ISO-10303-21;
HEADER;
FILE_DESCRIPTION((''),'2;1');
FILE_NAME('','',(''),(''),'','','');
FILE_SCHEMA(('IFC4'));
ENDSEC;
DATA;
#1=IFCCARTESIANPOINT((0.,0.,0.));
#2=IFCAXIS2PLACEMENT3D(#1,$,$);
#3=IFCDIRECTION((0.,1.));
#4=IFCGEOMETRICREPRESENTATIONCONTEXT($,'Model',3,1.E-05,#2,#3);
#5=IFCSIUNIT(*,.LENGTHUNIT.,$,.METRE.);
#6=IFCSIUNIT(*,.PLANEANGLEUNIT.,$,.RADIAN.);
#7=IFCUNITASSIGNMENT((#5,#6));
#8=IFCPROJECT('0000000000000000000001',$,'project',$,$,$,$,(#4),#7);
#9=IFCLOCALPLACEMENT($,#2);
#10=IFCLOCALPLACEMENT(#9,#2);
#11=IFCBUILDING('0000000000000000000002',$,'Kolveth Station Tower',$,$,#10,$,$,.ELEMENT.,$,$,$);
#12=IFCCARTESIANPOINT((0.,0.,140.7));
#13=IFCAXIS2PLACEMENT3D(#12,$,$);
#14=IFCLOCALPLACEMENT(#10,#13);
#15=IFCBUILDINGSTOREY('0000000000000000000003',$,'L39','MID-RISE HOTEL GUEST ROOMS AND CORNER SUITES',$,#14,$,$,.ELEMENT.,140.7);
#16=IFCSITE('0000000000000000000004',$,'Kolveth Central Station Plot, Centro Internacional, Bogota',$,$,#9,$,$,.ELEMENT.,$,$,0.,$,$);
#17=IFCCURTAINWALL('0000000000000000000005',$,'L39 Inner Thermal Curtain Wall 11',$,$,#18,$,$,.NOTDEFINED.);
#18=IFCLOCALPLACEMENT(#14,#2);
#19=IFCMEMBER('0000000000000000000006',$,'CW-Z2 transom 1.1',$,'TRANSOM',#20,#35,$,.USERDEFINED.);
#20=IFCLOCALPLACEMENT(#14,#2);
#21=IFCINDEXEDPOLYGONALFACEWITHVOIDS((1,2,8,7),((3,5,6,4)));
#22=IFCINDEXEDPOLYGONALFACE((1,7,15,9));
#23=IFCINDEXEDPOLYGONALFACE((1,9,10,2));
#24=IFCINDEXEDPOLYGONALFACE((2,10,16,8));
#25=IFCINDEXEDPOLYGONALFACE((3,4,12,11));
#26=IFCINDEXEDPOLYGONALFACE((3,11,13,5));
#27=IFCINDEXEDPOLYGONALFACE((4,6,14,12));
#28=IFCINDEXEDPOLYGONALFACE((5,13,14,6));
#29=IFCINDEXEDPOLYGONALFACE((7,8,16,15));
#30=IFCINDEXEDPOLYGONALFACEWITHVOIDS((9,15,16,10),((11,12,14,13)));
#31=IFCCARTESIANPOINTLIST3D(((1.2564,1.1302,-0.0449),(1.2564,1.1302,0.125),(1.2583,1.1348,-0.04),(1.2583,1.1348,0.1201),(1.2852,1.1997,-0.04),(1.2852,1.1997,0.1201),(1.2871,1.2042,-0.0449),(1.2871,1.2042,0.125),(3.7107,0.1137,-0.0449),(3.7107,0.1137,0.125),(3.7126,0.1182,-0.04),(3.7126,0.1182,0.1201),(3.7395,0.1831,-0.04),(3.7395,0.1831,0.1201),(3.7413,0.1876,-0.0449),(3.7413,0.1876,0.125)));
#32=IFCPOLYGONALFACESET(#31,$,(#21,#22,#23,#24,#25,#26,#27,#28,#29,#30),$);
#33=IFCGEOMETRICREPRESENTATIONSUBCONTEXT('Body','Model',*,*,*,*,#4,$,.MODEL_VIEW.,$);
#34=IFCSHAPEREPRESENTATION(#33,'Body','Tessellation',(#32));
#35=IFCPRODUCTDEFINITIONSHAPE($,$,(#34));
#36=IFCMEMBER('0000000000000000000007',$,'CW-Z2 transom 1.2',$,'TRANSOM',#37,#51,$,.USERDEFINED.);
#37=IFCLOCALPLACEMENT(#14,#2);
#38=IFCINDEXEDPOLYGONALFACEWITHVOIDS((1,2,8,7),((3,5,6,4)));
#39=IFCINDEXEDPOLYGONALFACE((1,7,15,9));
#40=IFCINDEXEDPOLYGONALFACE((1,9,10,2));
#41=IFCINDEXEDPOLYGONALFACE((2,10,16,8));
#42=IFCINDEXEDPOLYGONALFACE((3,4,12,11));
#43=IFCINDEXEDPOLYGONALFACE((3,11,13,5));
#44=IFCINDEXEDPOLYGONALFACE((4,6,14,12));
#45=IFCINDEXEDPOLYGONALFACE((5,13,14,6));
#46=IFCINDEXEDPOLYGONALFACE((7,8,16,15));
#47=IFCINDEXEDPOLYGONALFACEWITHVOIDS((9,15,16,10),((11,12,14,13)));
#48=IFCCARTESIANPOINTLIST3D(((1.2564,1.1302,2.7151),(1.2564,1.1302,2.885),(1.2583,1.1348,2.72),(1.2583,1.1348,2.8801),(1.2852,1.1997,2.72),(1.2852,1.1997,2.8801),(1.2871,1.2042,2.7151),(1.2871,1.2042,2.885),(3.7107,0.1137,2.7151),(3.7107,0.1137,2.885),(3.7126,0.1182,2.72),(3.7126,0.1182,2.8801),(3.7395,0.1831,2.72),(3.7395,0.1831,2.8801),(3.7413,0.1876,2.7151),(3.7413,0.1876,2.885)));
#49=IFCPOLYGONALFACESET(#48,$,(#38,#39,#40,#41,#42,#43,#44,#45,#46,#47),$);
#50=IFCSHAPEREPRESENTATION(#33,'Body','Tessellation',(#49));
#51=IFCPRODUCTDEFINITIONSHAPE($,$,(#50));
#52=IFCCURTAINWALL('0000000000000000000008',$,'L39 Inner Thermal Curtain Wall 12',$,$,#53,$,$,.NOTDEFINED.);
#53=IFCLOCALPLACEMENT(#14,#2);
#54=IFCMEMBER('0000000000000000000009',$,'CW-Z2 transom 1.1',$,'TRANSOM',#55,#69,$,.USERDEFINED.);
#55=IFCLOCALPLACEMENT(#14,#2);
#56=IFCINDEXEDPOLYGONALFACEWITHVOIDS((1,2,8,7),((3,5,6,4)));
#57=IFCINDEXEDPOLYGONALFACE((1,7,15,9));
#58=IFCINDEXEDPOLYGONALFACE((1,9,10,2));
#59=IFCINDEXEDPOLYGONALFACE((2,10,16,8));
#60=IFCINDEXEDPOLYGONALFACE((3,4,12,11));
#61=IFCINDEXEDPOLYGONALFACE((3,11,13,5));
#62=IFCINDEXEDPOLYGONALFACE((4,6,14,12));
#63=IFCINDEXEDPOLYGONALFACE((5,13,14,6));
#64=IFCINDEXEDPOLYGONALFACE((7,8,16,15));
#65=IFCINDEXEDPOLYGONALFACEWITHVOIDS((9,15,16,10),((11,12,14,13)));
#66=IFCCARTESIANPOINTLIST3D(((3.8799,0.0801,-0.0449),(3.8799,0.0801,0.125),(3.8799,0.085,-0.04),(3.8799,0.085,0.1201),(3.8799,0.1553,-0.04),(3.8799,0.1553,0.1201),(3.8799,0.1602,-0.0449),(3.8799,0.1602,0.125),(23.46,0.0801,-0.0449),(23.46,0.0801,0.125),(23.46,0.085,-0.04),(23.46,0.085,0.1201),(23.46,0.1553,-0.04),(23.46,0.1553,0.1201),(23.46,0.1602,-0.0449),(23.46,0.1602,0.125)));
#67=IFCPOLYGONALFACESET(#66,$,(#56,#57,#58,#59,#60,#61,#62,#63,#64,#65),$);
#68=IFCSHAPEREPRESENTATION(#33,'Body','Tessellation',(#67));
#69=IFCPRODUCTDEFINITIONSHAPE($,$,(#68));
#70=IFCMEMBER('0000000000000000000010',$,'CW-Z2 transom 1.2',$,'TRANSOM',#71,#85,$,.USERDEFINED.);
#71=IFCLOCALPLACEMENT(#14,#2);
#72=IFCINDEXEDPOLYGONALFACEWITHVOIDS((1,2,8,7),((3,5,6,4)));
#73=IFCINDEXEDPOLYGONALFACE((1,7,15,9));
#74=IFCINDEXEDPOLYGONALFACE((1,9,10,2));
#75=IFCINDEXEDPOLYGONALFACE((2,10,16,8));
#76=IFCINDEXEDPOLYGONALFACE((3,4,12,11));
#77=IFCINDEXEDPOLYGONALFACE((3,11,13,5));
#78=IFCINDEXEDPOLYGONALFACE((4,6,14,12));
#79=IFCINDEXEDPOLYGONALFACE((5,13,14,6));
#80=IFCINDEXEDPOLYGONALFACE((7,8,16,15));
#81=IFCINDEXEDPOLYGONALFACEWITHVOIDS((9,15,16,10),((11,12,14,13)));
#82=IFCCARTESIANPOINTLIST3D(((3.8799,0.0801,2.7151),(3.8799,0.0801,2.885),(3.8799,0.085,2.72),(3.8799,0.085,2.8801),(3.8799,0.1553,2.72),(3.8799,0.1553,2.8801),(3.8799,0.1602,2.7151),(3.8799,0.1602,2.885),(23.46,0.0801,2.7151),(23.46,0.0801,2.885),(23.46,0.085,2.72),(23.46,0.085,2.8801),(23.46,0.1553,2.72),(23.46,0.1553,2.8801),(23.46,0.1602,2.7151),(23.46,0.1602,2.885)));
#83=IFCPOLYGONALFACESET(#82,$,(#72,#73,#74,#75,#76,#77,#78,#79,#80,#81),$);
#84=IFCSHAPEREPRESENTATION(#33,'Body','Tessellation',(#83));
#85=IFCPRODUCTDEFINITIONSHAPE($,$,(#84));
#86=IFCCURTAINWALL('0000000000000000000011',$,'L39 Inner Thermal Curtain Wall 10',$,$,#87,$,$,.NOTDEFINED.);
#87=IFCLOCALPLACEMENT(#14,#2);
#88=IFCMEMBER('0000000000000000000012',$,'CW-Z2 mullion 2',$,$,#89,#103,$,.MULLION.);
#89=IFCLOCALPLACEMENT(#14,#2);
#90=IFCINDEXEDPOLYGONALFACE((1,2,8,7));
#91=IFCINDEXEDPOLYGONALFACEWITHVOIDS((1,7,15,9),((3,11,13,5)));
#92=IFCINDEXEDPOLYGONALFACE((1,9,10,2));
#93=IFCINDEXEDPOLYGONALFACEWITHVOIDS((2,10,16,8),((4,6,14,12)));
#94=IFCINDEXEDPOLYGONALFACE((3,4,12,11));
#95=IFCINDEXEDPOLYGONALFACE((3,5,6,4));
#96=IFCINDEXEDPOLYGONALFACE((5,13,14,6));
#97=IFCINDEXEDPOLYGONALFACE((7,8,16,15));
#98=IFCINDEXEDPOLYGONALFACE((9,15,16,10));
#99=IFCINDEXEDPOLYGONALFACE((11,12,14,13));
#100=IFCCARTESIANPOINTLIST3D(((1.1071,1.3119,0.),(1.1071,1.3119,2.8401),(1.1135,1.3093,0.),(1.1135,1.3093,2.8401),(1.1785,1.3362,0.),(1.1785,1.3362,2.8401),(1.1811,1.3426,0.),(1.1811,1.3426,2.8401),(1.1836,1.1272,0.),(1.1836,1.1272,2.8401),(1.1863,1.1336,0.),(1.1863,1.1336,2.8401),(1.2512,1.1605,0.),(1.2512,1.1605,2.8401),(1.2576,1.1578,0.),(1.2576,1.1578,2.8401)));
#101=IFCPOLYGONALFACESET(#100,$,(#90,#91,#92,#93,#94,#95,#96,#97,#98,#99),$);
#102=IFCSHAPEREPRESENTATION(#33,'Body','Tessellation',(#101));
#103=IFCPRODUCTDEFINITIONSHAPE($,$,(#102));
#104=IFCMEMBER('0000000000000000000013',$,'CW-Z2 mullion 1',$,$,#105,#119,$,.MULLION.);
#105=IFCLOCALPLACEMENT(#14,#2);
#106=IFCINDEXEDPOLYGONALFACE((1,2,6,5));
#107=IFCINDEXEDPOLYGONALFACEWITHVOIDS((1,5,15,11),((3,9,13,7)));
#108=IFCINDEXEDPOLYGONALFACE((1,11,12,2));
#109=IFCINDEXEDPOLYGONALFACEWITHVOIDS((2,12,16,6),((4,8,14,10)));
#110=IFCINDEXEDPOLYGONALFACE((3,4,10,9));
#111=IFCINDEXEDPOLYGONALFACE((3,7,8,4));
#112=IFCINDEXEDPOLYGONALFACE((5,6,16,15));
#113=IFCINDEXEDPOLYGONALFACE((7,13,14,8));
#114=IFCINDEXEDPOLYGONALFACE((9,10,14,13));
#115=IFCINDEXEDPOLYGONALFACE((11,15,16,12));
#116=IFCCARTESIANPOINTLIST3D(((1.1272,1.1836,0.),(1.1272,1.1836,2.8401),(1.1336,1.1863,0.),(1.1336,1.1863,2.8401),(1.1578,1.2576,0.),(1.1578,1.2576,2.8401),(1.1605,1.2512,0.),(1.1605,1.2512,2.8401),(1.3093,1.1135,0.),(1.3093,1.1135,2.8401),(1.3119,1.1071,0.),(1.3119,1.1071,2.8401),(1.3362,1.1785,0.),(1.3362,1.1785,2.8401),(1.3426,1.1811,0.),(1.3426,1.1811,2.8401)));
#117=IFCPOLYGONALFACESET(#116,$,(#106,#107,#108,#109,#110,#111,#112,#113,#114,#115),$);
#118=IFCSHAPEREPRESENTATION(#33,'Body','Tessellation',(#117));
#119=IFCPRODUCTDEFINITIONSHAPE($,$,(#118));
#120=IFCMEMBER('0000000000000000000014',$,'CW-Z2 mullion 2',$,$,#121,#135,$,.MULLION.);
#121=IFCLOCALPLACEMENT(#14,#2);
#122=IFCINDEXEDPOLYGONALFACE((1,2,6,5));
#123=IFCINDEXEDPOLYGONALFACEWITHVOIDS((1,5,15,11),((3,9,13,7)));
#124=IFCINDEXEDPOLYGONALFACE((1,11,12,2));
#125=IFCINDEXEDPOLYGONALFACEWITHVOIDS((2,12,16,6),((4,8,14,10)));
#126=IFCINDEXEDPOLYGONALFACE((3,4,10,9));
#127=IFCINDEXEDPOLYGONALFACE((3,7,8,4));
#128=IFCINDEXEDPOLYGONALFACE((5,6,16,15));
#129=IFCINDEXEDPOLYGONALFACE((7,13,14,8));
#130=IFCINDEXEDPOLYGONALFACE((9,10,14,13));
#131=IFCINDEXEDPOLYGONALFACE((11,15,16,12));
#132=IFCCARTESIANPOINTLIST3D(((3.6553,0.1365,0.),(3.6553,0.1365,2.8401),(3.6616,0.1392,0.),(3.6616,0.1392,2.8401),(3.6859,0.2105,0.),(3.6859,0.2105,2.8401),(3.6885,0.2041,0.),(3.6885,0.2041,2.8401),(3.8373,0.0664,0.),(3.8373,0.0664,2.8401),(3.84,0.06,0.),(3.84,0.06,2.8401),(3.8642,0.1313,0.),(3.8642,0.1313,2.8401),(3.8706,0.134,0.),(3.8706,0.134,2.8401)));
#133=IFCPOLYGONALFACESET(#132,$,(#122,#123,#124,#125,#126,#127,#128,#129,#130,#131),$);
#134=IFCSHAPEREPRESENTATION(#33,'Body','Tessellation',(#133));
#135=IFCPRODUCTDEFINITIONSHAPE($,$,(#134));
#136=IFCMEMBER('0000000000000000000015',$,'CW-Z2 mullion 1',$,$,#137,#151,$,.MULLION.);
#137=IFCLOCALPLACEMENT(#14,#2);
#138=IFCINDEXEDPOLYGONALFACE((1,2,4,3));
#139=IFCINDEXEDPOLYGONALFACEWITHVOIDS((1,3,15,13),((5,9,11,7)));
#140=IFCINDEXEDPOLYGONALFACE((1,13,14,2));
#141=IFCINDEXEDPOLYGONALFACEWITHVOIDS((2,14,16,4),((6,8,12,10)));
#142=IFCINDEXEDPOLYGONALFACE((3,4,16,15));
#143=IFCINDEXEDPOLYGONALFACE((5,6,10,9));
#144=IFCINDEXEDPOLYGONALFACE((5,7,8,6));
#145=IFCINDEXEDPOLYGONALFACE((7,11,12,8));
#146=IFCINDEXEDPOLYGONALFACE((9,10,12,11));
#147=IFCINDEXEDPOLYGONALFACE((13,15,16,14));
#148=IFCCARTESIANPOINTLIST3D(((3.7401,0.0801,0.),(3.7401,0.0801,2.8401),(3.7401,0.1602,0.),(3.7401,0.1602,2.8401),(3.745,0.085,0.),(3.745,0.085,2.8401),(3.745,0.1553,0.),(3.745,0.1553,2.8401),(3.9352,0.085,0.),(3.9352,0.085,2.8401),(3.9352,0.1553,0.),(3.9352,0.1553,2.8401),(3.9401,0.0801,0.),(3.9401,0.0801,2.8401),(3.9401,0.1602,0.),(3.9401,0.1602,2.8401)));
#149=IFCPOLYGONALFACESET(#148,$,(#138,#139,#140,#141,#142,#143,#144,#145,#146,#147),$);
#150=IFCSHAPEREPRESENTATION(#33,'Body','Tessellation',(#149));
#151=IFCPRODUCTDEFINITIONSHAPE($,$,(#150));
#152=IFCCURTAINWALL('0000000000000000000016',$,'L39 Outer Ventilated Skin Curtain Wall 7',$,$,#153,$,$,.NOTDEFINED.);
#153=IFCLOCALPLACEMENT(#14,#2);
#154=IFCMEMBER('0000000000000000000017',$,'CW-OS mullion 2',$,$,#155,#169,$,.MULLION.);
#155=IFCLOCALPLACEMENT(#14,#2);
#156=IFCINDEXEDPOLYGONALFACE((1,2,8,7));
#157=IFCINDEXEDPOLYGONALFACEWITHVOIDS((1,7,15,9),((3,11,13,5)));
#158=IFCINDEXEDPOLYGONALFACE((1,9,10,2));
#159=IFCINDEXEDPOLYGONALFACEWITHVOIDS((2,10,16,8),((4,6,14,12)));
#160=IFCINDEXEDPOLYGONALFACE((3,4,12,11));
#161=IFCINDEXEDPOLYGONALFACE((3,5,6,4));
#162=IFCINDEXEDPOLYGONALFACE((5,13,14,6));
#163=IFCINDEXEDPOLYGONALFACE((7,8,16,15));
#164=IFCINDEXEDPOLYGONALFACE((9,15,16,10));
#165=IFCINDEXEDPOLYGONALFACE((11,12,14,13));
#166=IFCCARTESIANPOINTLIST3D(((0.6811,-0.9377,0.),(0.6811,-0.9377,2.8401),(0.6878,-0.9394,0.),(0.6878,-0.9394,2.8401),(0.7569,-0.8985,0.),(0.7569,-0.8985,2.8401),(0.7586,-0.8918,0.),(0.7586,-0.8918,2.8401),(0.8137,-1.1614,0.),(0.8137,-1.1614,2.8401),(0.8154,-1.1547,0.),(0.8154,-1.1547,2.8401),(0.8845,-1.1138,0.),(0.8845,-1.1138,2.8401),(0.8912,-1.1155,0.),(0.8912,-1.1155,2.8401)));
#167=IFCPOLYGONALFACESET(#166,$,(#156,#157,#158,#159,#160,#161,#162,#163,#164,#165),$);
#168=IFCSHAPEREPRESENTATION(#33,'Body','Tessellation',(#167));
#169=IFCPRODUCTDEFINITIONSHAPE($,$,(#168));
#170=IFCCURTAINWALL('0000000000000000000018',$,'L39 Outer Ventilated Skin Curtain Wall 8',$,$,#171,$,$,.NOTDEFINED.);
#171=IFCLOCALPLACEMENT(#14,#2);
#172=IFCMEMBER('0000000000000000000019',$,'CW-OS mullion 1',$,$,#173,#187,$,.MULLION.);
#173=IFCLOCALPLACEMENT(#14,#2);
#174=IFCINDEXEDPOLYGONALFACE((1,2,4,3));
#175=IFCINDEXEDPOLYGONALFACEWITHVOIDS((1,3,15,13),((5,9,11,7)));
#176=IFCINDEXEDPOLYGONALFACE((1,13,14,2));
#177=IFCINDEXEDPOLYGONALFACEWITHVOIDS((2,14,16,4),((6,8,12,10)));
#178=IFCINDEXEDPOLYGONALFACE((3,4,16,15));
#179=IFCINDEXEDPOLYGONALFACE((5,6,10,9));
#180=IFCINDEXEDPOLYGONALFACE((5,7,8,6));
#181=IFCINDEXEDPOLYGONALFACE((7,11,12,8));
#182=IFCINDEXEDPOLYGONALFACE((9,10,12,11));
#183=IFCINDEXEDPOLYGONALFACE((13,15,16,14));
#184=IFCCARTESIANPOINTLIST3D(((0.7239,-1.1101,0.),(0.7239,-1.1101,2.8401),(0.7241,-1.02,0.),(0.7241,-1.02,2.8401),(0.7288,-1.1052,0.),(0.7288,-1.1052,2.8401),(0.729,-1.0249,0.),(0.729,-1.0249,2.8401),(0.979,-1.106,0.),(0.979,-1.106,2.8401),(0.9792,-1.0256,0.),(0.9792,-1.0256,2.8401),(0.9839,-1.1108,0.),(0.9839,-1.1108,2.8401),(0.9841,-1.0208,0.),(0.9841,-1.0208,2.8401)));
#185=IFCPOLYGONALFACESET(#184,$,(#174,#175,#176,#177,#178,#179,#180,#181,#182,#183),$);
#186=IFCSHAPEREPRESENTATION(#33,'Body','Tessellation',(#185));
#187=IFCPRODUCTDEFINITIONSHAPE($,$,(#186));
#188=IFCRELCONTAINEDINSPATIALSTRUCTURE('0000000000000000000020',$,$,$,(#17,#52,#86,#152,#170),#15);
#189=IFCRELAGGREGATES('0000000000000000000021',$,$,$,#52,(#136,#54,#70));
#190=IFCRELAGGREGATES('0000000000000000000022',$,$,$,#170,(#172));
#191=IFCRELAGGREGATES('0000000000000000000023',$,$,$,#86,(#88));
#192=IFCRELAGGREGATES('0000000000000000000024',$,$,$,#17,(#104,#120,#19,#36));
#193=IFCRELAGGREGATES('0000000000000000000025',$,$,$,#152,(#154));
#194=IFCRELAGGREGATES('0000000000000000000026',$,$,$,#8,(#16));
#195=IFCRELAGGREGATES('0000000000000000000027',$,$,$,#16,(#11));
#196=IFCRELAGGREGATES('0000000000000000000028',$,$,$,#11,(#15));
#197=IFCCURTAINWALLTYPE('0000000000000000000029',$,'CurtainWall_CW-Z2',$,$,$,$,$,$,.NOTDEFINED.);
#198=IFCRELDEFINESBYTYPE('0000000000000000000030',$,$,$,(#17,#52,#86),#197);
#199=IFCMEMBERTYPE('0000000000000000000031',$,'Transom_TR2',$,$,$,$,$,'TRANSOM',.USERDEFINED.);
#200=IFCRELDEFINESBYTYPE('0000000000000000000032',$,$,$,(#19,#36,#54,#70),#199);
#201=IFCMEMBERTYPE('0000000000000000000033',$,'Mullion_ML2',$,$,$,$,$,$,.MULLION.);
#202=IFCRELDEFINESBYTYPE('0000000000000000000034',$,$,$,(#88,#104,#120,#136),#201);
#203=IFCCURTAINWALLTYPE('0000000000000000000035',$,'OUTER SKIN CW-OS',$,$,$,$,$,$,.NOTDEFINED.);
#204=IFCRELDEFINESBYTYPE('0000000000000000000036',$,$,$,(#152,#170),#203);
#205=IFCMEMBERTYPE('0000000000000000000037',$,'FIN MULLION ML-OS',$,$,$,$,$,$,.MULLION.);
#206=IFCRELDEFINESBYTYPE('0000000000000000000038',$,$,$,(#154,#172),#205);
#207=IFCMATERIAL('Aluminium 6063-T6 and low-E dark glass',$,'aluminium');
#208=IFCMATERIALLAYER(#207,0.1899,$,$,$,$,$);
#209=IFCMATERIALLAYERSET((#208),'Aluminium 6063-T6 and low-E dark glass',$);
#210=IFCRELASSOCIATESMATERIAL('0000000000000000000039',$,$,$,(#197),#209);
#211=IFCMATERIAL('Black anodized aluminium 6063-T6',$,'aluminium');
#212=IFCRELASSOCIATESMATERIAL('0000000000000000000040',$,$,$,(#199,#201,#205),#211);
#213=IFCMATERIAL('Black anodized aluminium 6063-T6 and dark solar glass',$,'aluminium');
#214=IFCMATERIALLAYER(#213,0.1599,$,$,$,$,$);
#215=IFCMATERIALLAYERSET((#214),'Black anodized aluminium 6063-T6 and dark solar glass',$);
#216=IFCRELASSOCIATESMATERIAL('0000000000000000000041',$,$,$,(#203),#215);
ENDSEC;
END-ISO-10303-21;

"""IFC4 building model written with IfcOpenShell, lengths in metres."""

from ifc_helpers import new_model, si_unit, direction, frame, origin, origin_2d, place, context, subcontext, project, spatial, hollow_rectangle, extrude, source, transform, mapped, material, layer, layer_set, material_profile, profile_set, type_object, element, aggregate, save


model = new_model("IFC4")

# Units and contexts
model_context = context("Model", 3, precision=1e-05, world=origin(), true_north=direction((0.0, 1.0)))
body_context = subcontext(model_context, "Body", "Model", "MODEL_VIEW")
ifc_project = project(units=[si_unit("LENGTHUNIT", "METRE"), si_unit("PLANEANGLEUNIT", "RADIAN")], contexts=[model_context])

# Site, building, storey
site_placement = place(None, origin())
site = spatial("IfcSite", under=ifc_project, at=site_placement, Name="Kolveth Central Station Plot, Centro Internacional, Bogota", CompositionType="ELEMENT", RefElevation=0.0)
building_placement = place(site_placement, origin())
building = spatial("IfcBuilding", under=site, at=building_placement, Name="Kolveth Station Tower", CompositionType="ELEMENT")
storey_placement = place(building_placement, frame((0.0, 0.0, 140.7)))
storey = spatial("IfcBuildingStorey", under=building, at=storey_placement, Name="L39", Description="MID-RISE HOTEL GUEST ROOMS AND CORNER SUITES", CompositionType="ELEMENT", Elevation=140.7)

# Curtain walls, members
ifc_material_1 = material(Name="Aluminium 6063-T6 and low-E dark glass", Category="aluminium")
ifc_layer_1 = layer(ifc_material_1, 0.1899)
ifc_layer_set_1 = layer_set([ifc_layer_1], Name="Aluminium 6063-T6 and low-E dark glass")
curtain_wall_type_1 = type_object("IfcCurtainWallType", Name="CurtainWall_CW-Z2", PredefinedType="NOTDEFINED", material=ifc_layer_set_1)
curtain_wall_1_placement = place(storey_placement, origin())
curtain_wall_1 = element("IfcCurtainWall", 1, at=curtain_wall_1_placement, inside=storey, type_object=curtain_wall_type_1, Name="L39 Inner Thermal Curtain Wall 11", PredefinedType="NOTDEFINED")
ifc_material_2 = material(Name="Black anodized aluminium 6063-T6", Category="aluminium")
ifc_material_profile_1 = material_profile(ifc_material_2, hollow_rectangle(XDim=0.0801, YDim=0.1699, WallThickness=0.0049, at=origin_2d()), Name="ALU-80x170x5")
ifc_profile_set_1 = profile_set([ifc_material_profile_1], Name="Black anodized aluminium 6063-T6")
member_type_1 = type_object("IfcMemberType", Name="Transom_TR2", ElementType="TRANSOM", PredefinedType="USERDEFINED", material=ifc_profile_set_1)
shared_shape_1 = source(origin(), body_context, "Body", "SweptSolid", [
    extrude(hollow_rectangle(XDim=0.0801, YDim=0.1699, WallThickness=0.0049, at=origin_2d()), origin(), (0.0, 0.0, 1.0), 2.6565),
])
member_1_placement = place(storey_placement, frame((1.2717, 1.1672, 0.04), z_axis=(0.923882, -0.382676, 0.0), x_axis=(0.382676, 0.923882, 0.0)))
member_1 = element("IfcMember", 2, at=member_1_placement, type_object=member_type_1, Name="CW-Z2 transom 1.1", ObjectType="TRANSOM", PredefinedType="USERDEFINED", context=body_context, shape_type="MappedRepresentation", body=[
    mapped(shared_shape_1, transform((0.0, 0.0, 0.0), x_axis=(1.0, 0.0, 0.0), y_axis=(0.0, 1.0, 0.0), z_axis=(0.0, 0.0, 1.0), scale=1.0)),
])
member_2_placement = place(storey_placement, frame((1.2717, 1.1672, 2.8), z_axis=(0.923882, -0.382676, 0.0), x_axis=(0.382676, 0.923882, 0.0)))
member_2 = element("IfcMember", 3, at=member_2_placement, type_object=member_type_1, Name="CW-Z2 transom 1.2", ObjectType="TRANSOM", PredefinedType="USERDEFINED", context=body_context, shape_type="MappedRepresentation", body=[
    mapped(shared_shape_1, transform((0.0, 0.0, 0.0), x_axis=(1.0, 0.0, 0.0), y_axis=(0.0, 1.0, 0.0), z_axis=(0.0, 0.0, 1.0), scale=1.0)),
])
curtain_wall_2_placement = place(storey_placement, origin())
curtain_wall_2 = element("IfcCurtainWall", 4, at=curtain_wall_2_placement, inside=storey, type_object=curtain_wall_type_1, Name="L39 Inner Thermal Curtain Wall 12", PredefinedType="NOTDEFINED")
shared_shape_2 = source(origin(), body_context, "Body", "SweptSolid", [
    extrude(hollow_rectangle(XDim=0.0801, YDim=0.1699, WallThickness=0.0049, at=origin_2d()), origin(), (0.0, 0.0, 1.0), 19.5801),
])
member_3_placement = place(storey_placement, frame((3.8799, 0.1201, 0.04), z_axis=(1.0, 0.0, 0.0), x_axis=(0.0, 1.0, 0.0)))
member_3 = element("IfcMember", 5, at=member_3_placement, type_object=member_type_1, Name="CW-Z2 transom 1.1", ObjectType="TRANSOM", PredefinedType="USERDEFINED", context=body_context, shape_type="MappedRepresentation", body=[
    mapped(shared_shape_2, transform((0.0, 0.0, 0.0), x_axis=(1.0, 0.0, 0.0), y_axis=(0.0, 1.0, 0.0), z_axis=(0.0, 0.0, 1.0), scale=1.0)),
])
member_4_placement = place(storey_placement, frame((3.8799, 0.1201, 2.8), z_axis=(1.0, 0.0, 0.0), x_axis=(0.0, 1.0, 0.0)))
member_4 = element("IfcMember", 6, at=member_4_placement, type_object=member_type_1, Name="CW-Z2 transom 1.2", ObjectType="TRANSOM", PredefinedType="USERDEFINED", context=body_context, shape_type="MappedRepresentation", body=[
    mapped(shared_shape_2, transform((0.0, 0.0, 0.0), x_axis=(1.0, 0.0, 0.0), y_axis=(0.0, 1.0, 0.0), z_axis=(0.0, 0.0, 1.0), scale=1.0)),
])

# Curtain wall, member
curtain_wall_3_placement = place(storey_placement, origin())
curtain_wall_3 = element("IfcCurtainWall", 7, at=curtain_wall_3_placement, inside=storey, type_object=curtain_wall_type_1, Name="L39 Inner Thermal Curtain Wall 10", PredefinedType="NOTDEFINED")
ifc_material_profile_2 = material_profile(ifc_material_2, hollow_rectangle(XDim=0.0801, YDim=0.2, WallThickness=0.0049, at=origin_2d()), Name="ALU-80x200x5")
ifc_profile_set_2 = profile_set([ifc_material_profile_2], Name="Black anodized aluminium 6063-T6")
member_type_2 = type_object("IfcMemberType", Name="Mullion_ML2", PredefinedType="MULLION", material=ifc_profile_set_2)
shared_shape_3 = source(origin(), body_context, "Body", "SweptSolid", [
    extrude(hollow_rectangle(XDim=0.0801, YDim=0.2, WallThickness=0.0049, at=origin_2d()), origin(), (0.0, 0.0, 1.0), 2.8401),
])
member_5_placement = place(storey_placement, frame((1.1824, 1.2349, 0.0), z_axis=(0.0, 0.0, 1.0), x_axis=(0.923888, 0.382663, 0.0)))
member_5 = element("IfcMember", 8, at=member_5_placement, type_object=member_type_2, Name="CW-Z2 mullion 2", PredefinedType="MULLION", context=body_context, shape_type="MappedRepresentation", body=[
    mapped(shared_shape_3, transform((0.0, 0.0, 0.0), x_axis=(1.0, 0.0, 0.0), y_axis=(0.0, 1.0, 0.0), z_axis=(0.0, 0.0, 1.0), scale=1.0)),
])

# Members
member_6_placement = place(storey_placement, frame((1.2349, 1.1824, 0.0), z_axis=(0.0, 0.0, 1.0), x_axis=(0.382663, 0.923888, 0.0)))
member_6 = element("IfcMember", 9, at=member_6_placement, type_object=member_type_2, Name="CW-Z2 mullion 1", PredefinedType="MULLION", context=body_context, shape_type="MappedRepresentation", body=[
    mapped(shared_shape_3, transform((0.0, 0.0, 0.0), x_axis=(1.0, 0.0, 0.0), y_axis=(0.0, 1.0, 0.0), z_axis=(0.0, 0.0, 1.0), scale=1.0)),
])
member_7_placement = place(storey_placement, frame((3.7629, 0.1353, 0.0), z_axis=(0.0, 0.0, 1.0), x_axis=(0.382663, 0.923888, 0.0)))
member_7 = element("IfcMember", 10, at=member_7_placement, type_object=member_type_2, Name="CW-Z2 mullion 2", PredefinedType="MULLION", context=body_context, shape_type="MappedRepresentation", body=[
    mapped(shared_shape_3, transform((0.0, 0.0, 0.0), x_axis=(1.0, 0.0, 0.0), y_axis=(0.0, 1.0, 0.0), z_axis=(0.0, 0.0, 1.0), scale=1.0)),
])
member_8_placement = place(storey_placement, frame((3.8401, 0.1201, 0.0), z_axis=(0.0, 0.0, 1.0), x_axis=(0.0, 1.0, 0.0)))
member_8 = element("IfcMember", 11, at=member_8_placement, type_object=member_type_2, Name="CW-Z2 mullion 1", PredefinedType="MULLION", context=body_context, shape_type="MappedRepresentation", body=[
    mapped(shared_shape_3, transform((0.0, 0.0, 0.0), x_axis=(1.0, 0.0, 0.0), y_axis=(0.0, 1.0, 0.0), z_axis=(0.0, 0.0, 1.0), scale=1.0)),
])
aggregate(curtain_wall_2, [member_8, member_3, member_4])

# Curtain walls, members
ifc_material_3 = material(Name="Black anodized aluminium 6063-T6 and dark solar glass", Category="aluminium")
ifc_layer_2 = layer(ifc_material_3, 0.1599)
ifc_layer_set_2 = layer_set([ifc_layer_2], Name="Black anodized aluminium 6063-T6 and dark solar glass")
curtain_wall_type_2 = type_object("IfcCurtainWallType", Name="OUTER SKIN CW-OS", PredefinedType="NOTDEFINED", material=ifc_layer_set_2)
curtain_wall_4_placement = place(storey_placement, origin())
curtain_wall_4 = element("IfcCurtainWall", 12, at=curtain_wall_4_placement, inside=storey, type_object=curtain_wall_type_2, Name="L39 Outer Ventilated Skin Curtain Wall 7", PredefinedType="NOTDEFINED")
ifc_material_profile_3 = material_profile(ifc_material_2, hollow_rectangle(XDim=0.0901, YDim=0.26, WallThickness=0.0049, at=origin_2d()), Name="ALU-90x260x5")
ifc_profile_set_3 = profile_set([ifc_material_profile_3], Name="Black anodized aluminium 6063-T6")
member_type_3 = type_object("IfcMemberType", Name="FIN MULLION ML-OS", PredefinedType="MULLION", material=ifc_profile_set_3)
shared_shape_4 = source(origin(), body_context, "Body", "SweptSolid", [
    extrude(hollow_rectangle(XDim=0.0901, YDim=0.26, WallThickness=0.0049, at=origin_2d()), origin(), (0.0, 0.0, 1.0), 2.8401),
])
member_9_placement = place(storey_placement, frame((0.7861, -1.0266, 0.0), z_axis=(0.0, 0.0, 1.0), x_axis=(0.860293, 0.5098, 0.0)))
member_9 = element("IfcMember", 13, at=member_9_placement, type_object=member_type_3, Name="CW-OS mullion 2", PredefinedType="MULLION", context=body_context, shape_type="MappedRepresentation", body=[
    mapped(shared_shape_4, transform((0.0, 0.0, 0.0), x_axis=(1.0, 0.0, 0.0), y_axis=(0.0, 1.0, 0.0), z_axis=(0.0, 0.0, 1.0), scale=1.0)),
])
curtain_wall_5_placement = place(storey_placement, origin())
curtain_wall_5 = element("IfcCurtainWall", 14, at=curtain_wall_5_placement, inside=storey, type_object=curtain_wall_type_2, Name="L39 Outer Ventilated Skin Curtain Wall 8", PredefinedType="NOTDEFINED")
member_10_placement = place(storey_placement, frame((0.854, -1.0654, 0.0), z_axis=(0.0, 0.0, 1.0), x_axis=(0.002885, 0.999996, 0.0)))
member_10 = element("IfcMember", 15, at=member_10_placement, type_object=member_type_3, Name="CW-OS mullion 1", PredefinedType="MULLION", context=body_context, shape_type="MappedRepresentation", body=[
    mapped(shared_shape_4, transform((0.0, 0.0, 0.0), x_axis=(1.0, 0.0, 0.0), y_axis=(0.0, 1.0, 0.0), z_axis=(0.0, 0.0, 1.0), scale=1.0)),
])

aggregate(curtain_wall_5, [member_10])

aggregate(curtain_wall_3, [member_5])
aggregate(curtain_wall_1, [member_6, member_7, member_1, member_2])
aggregate(curtain_wall_4, [member_9])

save(model, "model.ifc")
